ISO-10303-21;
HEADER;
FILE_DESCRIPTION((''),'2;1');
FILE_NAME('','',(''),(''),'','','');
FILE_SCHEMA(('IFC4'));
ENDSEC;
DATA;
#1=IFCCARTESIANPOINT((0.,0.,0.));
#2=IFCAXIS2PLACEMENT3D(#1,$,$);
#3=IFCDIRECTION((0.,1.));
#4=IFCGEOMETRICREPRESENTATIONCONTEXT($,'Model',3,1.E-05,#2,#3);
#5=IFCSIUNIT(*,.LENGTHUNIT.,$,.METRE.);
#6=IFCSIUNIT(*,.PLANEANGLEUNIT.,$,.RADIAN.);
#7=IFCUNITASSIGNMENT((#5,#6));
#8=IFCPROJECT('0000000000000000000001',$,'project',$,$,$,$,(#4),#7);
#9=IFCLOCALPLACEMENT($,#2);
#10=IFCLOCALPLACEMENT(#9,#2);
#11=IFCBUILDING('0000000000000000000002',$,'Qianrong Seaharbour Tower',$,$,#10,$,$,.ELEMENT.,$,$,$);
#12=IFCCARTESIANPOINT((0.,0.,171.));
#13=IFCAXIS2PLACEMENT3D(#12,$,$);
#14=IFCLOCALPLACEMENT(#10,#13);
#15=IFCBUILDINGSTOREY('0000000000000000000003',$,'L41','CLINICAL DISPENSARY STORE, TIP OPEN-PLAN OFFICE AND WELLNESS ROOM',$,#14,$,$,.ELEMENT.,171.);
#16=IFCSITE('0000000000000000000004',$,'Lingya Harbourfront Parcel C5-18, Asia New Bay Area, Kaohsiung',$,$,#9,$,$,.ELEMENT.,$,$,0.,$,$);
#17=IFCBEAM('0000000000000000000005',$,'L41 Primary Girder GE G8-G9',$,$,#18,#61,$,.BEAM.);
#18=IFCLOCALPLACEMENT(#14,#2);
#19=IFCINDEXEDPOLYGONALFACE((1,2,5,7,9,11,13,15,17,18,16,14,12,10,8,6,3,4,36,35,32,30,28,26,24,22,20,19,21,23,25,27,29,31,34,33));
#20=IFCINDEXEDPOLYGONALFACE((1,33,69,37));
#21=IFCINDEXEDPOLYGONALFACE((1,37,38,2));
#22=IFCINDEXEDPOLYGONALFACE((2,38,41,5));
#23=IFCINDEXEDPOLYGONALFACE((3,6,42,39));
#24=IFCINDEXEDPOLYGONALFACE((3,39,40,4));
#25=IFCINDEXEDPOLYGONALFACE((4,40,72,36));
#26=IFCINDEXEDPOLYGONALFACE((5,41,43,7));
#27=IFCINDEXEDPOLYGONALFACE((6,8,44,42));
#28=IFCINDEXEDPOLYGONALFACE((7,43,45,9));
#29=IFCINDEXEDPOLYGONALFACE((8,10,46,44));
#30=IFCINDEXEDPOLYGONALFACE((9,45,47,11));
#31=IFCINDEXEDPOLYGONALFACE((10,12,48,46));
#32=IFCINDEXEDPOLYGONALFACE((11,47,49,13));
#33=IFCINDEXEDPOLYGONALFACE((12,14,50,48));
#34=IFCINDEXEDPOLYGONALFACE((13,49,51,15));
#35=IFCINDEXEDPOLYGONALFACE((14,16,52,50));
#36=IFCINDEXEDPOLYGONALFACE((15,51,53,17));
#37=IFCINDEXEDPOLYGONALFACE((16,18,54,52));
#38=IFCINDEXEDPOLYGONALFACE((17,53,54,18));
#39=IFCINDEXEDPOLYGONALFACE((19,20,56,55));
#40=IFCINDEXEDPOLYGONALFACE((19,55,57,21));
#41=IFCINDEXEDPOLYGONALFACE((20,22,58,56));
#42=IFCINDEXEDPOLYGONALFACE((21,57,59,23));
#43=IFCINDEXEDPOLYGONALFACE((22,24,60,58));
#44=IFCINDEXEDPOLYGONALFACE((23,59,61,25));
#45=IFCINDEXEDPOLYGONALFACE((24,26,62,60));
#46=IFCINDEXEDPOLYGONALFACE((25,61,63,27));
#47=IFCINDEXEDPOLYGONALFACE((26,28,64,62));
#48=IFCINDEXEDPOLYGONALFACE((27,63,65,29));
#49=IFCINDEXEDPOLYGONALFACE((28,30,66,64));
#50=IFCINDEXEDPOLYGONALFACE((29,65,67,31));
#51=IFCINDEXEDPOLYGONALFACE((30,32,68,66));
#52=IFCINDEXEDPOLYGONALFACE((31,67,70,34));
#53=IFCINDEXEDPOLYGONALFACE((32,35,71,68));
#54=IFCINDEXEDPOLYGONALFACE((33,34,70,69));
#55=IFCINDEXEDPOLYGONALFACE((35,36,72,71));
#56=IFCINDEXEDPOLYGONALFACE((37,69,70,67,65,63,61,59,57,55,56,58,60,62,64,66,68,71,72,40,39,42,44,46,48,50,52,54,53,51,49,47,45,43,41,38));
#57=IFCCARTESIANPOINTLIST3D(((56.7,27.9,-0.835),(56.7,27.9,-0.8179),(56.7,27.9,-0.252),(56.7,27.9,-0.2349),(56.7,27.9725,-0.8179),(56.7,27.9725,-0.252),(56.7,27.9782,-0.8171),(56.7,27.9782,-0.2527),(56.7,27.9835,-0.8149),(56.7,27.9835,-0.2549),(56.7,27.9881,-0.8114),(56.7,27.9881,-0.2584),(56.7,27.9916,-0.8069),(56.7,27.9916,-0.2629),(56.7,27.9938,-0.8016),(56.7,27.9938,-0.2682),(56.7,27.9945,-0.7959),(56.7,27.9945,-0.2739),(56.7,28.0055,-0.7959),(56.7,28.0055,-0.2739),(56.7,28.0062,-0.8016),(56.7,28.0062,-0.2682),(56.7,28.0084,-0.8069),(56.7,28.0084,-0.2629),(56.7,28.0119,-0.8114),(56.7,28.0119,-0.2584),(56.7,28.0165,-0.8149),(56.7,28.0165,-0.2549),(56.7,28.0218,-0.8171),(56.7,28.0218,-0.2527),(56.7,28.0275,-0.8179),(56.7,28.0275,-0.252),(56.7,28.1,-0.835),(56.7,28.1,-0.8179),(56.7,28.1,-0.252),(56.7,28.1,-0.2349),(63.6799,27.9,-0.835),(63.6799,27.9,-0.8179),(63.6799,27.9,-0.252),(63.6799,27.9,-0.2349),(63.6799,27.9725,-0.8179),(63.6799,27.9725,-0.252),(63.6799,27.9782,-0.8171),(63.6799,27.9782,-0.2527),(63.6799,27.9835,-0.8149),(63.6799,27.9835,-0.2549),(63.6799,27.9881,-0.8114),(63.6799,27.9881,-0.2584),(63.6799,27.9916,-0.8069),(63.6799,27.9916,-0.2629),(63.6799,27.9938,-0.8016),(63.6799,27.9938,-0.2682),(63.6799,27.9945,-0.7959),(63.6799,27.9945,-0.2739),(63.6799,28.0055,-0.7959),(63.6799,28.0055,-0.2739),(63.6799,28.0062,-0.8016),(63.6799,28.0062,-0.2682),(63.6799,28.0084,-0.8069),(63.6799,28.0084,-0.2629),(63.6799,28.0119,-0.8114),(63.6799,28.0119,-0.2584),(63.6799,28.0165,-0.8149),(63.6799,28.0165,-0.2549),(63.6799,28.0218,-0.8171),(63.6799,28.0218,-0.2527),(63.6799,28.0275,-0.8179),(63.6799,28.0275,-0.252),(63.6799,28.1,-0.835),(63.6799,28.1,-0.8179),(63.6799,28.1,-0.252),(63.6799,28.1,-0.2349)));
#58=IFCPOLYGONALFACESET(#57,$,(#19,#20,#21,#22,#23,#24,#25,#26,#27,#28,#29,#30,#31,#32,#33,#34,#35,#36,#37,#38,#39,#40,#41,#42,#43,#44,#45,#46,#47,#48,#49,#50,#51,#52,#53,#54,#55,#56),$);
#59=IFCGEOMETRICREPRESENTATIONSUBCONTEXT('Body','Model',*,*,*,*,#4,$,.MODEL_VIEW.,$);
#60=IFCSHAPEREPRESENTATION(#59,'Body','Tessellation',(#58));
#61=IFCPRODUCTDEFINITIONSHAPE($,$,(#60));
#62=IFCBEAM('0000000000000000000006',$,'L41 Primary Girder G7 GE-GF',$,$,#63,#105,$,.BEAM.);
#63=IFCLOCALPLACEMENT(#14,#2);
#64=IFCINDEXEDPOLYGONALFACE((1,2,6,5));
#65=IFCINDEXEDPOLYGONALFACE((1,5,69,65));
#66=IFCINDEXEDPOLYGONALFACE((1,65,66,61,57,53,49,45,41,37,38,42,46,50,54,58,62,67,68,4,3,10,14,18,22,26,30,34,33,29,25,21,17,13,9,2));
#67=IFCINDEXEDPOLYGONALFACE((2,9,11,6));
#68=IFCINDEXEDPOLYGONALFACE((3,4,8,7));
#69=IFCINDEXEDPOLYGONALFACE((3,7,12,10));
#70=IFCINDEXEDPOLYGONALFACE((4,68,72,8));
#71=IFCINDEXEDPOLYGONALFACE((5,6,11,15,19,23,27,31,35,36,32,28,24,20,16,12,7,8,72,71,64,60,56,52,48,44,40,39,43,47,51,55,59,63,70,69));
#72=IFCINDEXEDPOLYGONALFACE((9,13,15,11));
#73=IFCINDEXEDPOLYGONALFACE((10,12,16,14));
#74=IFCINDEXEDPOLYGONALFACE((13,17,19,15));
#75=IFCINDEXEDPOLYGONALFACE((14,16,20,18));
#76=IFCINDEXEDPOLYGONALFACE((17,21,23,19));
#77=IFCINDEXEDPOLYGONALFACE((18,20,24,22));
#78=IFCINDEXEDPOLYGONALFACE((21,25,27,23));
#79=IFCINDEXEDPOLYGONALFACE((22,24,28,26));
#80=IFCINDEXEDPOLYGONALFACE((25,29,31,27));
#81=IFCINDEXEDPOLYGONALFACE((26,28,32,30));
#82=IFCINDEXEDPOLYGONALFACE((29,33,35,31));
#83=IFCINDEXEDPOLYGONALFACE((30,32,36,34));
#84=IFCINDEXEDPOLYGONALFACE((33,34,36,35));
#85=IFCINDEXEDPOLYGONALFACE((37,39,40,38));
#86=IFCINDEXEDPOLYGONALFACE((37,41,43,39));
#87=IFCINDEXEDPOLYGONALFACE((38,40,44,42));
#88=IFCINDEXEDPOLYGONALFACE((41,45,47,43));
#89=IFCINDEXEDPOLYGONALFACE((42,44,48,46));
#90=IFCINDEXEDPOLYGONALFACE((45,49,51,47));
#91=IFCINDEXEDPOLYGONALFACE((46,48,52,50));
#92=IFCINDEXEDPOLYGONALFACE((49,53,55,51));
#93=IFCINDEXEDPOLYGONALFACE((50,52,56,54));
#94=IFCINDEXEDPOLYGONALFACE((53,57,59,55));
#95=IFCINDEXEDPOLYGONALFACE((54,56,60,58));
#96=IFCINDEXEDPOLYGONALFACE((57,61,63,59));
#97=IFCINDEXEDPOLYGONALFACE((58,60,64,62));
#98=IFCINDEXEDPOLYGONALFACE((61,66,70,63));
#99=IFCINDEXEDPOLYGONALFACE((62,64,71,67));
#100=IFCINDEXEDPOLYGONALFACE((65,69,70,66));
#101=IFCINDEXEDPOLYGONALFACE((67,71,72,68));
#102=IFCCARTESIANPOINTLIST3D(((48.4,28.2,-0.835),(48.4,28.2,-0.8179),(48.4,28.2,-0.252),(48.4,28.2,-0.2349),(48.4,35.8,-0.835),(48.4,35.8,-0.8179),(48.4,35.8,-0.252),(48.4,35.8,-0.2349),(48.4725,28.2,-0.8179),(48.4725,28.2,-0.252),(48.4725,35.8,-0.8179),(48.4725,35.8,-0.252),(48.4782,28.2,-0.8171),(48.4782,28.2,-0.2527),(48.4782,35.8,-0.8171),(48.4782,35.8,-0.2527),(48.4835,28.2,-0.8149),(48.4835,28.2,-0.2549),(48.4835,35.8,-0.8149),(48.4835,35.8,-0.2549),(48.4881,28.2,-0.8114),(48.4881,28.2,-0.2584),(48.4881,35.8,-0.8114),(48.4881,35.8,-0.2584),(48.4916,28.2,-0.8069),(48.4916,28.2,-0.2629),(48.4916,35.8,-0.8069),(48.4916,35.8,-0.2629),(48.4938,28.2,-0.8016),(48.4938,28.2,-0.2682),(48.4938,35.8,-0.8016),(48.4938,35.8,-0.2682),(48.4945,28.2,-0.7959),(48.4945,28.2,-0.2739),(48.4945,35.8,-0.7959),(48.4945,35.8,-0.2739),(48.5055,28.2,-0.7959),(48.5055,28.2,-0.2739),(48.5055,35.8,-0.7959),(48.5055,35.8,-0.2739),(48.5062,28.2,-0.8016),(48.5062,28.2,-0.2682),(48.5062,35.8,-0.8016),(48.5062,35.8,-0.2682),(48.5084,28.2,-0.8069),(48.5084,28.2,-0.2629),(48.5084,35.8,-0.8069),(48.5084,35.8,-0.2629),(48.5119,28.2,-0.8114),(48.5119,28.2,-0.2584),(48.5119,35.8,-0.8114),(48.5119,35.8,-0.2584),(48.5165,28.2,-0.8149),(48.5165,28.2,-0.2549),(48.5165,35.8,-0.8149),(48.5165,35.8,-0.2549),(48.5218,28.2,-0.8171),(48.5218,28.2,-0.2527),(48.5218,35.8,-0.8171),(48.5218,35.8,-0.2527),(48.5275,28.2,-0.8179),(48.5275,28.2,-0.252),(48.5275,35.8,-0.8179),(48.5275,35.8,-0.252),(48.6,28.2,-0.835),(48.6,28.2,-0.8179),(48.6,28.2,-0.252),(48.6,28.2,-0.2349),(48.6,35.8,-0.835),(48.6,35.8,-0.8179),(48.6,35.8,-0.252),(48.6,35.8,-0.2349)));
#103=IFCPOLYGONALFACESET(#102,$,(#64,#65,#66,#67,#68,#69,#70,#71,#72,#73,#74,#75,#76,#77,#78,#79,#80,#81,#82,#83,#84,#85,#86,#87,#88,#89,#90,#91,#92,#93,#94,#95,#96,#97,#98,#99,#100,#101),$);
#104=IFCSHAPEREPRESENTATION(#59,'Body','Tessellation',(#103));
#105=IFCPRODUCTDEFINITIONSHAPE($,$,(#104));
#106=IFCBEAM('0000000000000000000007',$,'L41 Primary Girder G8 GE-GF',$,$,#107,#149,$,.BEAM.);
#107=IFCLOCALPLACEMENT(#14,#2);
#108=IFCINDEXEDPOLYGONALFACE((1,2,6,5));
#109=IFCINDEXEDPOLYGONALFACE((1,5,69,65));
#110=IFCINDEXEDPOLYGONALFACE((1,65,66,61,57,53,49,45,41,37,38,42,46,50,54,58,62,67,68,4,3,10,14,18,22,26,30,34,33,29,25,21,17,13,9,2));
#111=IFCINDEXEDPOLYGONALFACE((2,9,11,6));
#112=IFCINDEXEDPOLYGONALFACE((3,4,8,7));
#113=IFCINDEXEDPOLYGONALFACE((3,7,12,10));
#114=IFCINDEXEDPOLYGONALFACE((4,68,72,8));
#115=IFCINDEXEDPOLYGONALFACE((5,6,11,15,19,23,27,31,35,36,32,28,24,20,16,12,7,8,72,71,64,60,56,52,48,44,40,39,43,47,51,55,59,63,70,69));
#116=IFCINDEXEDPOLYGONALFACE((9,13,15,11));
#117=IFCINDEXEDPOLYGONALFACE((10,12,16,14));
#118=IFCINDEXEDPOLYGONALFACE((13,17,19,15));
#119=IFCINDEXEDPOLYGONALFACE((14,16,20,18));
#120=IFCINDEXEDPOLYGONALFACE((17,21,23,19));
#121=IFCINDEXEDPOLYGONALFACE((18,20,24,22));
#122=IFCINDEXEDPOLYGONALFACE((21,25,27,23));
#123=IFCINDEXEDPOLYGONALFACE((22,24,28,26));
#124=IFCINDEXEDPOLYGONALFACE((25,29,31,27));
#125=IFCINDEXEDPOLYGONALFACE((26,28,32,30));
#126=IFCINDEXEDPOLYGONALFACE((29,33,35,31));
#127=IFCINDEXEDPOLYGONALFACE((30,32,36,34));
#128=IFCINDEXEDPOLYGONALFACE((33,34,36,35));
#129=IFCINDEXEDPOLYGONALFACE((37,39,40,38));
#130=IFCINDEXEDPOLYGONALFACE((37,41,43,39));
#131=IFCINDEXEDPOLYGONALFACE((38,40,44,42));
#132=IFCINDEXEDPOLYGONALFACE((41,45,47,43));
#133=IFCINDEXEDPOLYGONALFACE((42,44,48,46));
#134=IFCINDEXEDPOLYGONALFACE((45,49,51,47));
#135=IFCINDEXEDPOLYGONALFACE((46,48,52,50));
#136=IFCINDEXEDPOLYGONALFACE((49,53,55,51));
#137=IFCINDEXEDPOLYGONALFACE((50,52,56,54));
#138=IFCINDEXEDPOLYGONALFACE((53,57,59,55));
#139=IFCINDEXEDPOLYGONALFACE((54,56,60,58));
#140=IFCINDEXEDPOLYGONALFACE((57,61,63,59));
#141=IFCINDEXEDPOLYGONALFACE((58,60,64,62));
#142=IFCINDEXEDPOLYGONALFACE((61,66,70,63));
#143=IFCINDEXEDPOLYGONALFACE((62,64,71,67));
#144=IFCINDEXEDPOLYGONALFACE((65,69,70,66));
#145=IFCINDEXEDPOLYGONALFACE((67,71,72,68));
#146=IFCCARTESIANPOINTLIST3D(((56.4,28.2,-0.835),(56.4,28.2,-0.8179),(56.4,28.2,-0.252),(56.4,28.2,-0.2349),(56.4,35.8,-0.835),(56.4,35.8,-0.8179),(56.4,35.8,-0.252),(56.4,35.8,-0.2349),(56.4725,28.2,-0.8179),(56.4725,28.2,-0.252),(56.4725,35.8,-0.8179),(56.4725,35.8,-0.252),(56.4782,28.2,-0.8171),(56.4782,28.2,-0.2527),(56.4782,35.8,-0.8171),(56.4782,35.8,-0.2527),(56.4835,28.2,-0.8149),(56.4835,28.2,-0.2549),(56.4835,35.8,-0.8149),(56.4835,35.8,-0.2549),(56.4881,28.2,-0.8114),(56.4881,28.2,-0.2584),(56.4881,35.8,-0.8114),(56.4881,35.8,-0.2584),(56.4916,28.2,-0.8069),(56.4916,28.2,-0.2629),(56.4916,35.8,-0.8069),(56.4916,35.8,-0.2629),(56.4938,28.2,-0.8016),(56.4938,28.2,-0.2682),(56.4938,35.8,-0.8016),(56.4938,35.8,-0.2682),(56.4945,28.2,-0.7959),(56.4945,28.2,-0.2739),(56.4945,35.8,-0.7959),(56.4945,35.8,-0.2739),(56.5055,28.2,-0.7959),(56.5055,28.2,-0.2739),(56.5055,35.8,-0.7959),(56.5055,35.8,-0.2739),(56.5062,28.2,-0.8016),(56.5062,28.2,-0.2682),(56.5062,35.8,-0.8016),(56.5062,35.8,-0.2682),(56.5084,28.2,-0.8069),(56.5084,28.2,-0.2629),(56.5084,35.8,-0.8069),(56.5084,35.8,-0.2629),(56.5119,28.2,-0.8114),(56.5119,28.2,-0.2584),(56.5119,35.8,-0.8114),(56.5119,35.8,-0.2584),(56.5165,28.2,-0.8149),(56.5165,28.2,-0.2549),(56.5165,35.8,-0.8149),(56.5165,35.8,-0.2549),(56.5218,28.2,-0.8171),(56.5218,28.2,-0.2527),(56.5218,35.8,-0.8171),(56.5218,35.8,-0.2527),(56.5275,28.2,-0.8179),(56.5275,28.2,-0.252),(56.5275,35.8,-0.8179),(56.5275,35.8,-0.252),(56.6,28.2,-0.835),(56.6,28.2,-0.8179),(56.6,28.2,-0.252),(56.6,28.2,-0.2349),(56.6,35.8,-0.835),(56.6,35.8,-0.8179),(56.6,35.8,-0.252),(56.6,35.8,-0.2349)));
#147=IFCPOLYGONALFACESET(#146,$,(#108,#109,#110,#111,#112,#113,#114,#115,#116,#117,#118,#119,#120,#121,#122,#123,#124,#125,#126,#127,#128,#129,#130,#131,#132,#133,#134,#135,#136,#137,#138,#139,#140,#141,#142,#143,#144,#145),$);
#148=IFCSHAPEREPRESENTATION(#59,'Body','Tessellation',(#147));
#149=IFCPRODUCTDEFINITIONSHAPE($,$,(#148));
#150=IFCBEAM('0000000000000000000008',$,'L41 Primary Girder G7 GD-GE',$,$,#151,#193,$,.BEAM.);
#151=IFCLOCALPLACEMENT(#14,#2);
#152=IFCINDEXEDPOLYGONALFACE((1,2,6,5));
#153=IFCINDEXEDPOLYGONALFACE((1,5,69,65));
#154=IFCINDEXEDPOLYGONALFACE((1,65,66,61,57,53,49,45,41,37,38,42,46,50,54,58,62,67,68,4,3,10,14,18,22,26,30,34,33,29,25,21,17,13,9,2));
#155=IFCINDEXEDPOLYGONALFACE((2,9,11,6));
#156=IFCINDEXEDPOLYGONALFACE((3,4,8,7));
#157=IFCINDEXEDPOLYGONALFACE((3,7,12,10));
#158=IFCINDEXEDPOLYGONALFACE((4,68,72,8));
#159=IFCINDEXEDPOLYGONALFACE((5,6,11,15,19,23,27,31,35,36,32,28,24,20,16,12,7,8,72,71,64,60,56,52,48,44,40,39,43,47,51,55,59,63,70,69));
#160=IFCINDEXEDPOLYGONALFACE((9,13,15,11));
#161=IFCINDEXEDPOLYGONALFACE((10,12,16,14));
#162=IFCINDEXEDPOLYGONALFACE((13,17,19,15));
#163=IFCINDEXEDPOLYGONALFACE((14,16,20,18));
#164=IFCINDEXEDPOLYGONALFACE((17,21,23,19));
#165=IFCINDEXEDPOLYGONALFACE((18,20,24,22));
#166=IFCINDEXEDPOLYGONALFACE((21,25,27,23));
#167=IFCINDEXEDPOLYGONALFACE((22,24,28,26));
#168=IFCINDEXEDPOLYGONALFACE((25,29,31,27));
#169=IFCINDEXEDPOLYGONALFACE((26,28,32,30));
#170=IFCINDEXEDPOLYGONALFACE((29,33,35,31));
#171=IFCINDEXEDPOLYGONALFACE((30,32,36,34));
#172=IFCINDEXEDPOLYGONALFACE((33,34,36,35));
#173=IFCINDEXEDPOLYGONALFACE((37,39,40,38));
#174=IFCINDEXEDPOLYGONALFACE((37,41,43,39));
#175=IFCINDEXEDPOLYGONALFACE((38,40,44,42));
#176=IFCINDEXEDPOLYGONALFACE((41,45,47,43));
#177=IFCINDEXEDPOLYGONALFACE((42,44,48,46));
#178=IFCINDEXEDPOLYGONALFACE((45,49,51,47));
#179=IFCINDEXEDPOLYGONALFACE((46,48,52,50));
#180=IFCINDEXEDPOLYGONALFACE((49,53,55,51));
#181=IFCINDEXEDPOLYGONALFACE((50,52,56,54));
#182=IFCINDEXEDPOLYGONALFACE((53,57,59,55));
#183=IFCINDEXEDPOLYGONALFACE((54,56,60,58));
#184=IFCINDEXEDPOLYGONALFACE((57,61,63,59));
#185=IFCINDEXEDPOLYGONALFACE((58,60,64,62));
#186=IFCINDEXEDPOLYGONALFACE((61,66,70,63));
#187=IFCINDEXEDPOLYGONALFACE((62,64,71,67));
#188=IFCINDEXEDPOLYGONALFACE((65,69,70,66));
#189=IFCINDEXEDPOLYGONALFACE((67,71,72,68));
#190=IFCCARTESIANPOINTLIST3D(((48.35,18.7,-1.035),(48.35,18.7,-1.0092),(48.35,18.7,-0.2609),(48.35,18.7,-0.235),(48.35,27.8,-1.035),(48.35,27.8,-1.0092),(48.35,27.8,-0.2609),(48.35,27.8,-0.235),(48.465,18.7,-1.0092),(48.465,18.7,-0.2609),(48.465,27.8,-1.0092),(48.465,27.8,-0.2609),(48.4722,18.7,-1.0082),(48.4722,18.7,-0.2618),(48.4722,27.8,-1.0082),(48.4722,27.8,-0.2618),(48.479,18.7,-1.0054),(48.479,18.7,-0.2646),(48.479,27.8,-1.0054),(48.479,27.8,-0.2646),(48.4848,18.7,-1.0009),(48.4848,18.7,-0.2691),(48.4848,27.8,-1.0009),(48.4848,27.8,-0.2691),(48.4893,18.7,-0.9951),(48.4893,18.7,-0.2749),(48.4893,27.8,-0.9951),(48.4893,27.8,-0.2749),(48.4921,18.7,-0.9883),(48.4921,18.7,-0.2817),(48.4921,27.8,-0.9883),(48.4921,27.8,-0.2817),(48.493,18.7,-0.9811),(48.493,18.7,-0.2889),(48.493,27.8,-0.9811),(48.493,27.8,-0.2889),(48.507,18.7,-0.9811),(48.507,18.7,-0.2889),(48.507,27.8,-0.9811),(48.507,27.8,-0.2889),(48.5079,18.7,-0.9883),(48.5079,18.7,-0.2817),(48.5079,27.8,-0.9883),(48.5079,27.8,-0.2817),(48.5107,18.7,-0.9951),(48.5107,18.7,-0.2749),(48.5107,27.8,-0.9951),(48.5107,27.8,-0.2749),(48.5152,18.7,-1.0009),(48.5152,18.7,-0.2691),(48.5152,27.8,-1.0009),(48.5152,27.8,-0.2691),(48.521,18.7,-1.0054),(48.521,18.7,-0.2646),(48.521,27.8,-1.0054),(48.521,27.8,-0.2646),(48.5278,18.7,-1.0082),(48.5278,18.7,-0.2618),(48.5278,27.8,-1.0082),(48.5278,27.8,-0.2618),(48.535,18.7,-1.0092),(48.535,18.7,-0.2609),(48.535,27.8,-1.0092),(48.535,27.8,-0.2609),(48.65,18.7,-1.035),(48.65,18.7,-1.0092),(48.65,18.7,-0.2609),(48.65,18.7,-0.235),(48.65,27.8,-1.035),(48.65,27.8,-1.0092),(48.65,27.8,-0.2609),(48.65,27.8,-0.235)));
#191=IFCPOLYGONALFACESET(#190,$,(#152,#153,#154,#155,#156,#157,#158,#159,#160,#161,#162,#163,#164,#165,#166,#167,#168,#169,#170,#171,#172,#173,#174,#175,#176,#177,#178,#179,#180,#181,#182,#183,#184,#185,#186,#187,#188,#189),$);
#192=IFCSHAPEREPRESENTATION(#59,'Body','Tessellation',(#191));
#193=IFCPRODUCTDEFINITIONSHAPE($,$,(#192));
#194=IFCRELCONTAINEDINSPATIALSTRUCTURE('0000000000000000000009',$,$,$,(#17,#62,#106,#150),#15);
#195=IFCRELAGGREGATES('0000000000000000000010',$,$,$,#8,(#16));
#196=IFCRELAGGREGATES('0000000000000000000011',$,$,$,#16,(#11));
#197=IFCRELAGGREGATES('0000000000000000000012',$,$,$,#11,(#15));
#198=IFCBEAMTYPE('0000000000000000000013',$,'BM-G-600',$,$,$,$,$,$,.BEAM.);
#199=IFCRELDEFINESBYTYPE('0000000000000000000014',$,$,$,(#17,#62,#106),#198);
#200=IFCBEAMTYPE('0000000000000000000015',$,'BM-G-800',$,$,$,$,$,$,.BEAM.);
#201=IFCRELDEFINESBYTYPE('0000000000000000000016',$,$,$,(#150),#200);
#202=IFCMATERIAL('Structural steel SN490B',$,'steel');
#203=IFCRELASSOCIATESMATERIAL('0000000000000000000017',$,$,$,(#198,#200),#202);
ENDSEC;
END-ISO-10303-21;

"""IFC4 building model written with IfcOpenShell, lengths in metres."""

from ifc_helpers import new_model, si_unit, direction, frame, origin, origin_2d, place, context, subcontext, project, spatial, i_section, extrude, material, material_profile, profile_set, type_object, element, save


model = new_model("IFC4")

# Units and contexts
model_context = context("Model", 3, precision=1e-05, world=origin(), true_north=direction((0.0, 1.0)))
body_context = subcontext(model_context, "Body", "Model", "MODEL_VIEW")
ifc_project = project(units=[si_unit("LENGTHUNIT", "METRE"), si_unit("PLANEANGLEUNIT", "RADIAN")], contexts=[model_context])

# Site, building, storey
site_placement = place(None, origin())
site = spatial("IfcSite", under=ifc_project, at=site_placement, Name="Lingya Harbourfront Parcel C5-18, Asia New Bay Area, Kaohsiung", CompositionType="ELEMENT", RefElevation=0.0)
building_placement = place(site_placement, origin())
building = spatial("IfcBuilding", under=site, at=building_placement, Name="Qianrong Seaharbour Tower", CompositionType="ELEMENT")
storey_placement = place(building_placement, frame((0.0, 0.0, 171.0)))
storey = spatial("IfcBuildingStorey", under=building, at=storey_placement, Name="L41", Description="CLINICAL DISPENSARY STORE, TIP OPEN-PLAN OFFICE AND WELLNESS ROOM", CompositionType="ELEMENT", Elevation=171.0)

# Shared definitions
ifc_material_1 = material(Name="Structural steel SN490B", Category="steel")

# Beams
ifc_material_profile_1 = material_profile(ifc_material_1, i_section(OverallWidth=0.2, OverallDepth=0.6001, WebThickness=0.011, FlangeThickness=0.0171, FilletRadius=0.022, at=origin_2d()), Name="H600x200x11x17")
ifc_profile_set_1 = profile_set([ifc_material_profile_1], Name="Structural steel SN490B")
beam_type_1 = type_object("IfcBeamType", Name="BM-G-600", PredefinedType="BEAM", material=ifc_profile_set_1)
beam_1_placement = place(storey_placement, frame((56.7, 28.0, -0.5349), z_axis=(1.0, 0.0, 0.0), x_axis=(0.0, 1.0, 0.0)))
element("IfcBeam", 1, at=beam_1_placement, inside=storey, type_object=beam_type_1, Name="L41 Primary Girder GE G8-G9", PredefinedType="BEAM", context=body_context, shape_type="SweptSolid", body=[
    extrude(i_section(OverallWidth=0.2, OverallDepth=0.6001, WebThickness=0.011, FlangeThickness=0.0171, FilletRadius=0.022, at=origin_2d()), origin(), (0.0, 0.0, 1.0), 6.98),
])
for number, where, z_axis, x_axis, name in (
    (2, (48.5, 28.2, -0.5349), (0.0, 1.0, 0.0), (-1.0, 0.0, 0.0), "L41 Primary Girder G7 GE-GF"),
    (3, (56.5, 28.2, -0.5349), (0.0, 1.0, 0.0), (-1.0, 0.0, 0.0), "L41 Primary Girder G8 GE-GF"),
):
    element("IfcBeam", number, at=place(storey_placement, frame(where, z_axis=z_axis, x_axis=x_axis)), inside=storey, type_object=beam_type_1, Name=name, PredefinedType="BEAM", context=body_context, shape_type="SweptSolid", body=[
        extrude(i_section(OverallWidth=0.2, OverallDepth=0.6001, WebThickness=0.011, FlangeThickness=0.0171, FilletRadius=0.022, at=origin_2d()), origin(), (0.0, 0.0, 1.0), 7.6001),
    ])
ifc_material_profile_2 = material_profile(ifc_material_1, i_section(OverallWidth=0.3, OverallDepth=0.8, WebThickness=0.0139, FlangeThickness=0.0259, FilletRadius=0.0281, at=origin_2d()), Name="H800x300x14x26")
ifc_profile_set_2 = profile_set([ifc_material_profile_2], Name="Structural steel SN490B")
beam_type_2 = type_object("IfcBeamType", Name="BM-G-800", PredefinedType="BEAM", material=ifc_profile_set_2)
for number, where, z_axis, x_axis, name in (
    (4, (48.5, 18.7, -0.635), (0.0, 1.0, 0.0), (-1.0, 0.0, 0.0), "L41 Primary Girder G7 GD-GE"),
):
    element("IfcBeam", number, at=place(storey_placement, frame(where, z_axis=z_axis, x_axis=x_axis)), inside=storey, type_object=beam_type_2, Name=name, PredefinedType="BEAM", context=body_context, shape_type="SweptSolid", body=[
        extrude(i_section(OverallWidth=0.3, OverallDepth=0.8, WebThickness=0.0139, FlangeThickness=0.0259, FilletRadius=0.0281, at=origin_2d()), origin(), (0.0, 0.0, 1.0), 9.1001),
    ])

save(model, "model.ifc")
